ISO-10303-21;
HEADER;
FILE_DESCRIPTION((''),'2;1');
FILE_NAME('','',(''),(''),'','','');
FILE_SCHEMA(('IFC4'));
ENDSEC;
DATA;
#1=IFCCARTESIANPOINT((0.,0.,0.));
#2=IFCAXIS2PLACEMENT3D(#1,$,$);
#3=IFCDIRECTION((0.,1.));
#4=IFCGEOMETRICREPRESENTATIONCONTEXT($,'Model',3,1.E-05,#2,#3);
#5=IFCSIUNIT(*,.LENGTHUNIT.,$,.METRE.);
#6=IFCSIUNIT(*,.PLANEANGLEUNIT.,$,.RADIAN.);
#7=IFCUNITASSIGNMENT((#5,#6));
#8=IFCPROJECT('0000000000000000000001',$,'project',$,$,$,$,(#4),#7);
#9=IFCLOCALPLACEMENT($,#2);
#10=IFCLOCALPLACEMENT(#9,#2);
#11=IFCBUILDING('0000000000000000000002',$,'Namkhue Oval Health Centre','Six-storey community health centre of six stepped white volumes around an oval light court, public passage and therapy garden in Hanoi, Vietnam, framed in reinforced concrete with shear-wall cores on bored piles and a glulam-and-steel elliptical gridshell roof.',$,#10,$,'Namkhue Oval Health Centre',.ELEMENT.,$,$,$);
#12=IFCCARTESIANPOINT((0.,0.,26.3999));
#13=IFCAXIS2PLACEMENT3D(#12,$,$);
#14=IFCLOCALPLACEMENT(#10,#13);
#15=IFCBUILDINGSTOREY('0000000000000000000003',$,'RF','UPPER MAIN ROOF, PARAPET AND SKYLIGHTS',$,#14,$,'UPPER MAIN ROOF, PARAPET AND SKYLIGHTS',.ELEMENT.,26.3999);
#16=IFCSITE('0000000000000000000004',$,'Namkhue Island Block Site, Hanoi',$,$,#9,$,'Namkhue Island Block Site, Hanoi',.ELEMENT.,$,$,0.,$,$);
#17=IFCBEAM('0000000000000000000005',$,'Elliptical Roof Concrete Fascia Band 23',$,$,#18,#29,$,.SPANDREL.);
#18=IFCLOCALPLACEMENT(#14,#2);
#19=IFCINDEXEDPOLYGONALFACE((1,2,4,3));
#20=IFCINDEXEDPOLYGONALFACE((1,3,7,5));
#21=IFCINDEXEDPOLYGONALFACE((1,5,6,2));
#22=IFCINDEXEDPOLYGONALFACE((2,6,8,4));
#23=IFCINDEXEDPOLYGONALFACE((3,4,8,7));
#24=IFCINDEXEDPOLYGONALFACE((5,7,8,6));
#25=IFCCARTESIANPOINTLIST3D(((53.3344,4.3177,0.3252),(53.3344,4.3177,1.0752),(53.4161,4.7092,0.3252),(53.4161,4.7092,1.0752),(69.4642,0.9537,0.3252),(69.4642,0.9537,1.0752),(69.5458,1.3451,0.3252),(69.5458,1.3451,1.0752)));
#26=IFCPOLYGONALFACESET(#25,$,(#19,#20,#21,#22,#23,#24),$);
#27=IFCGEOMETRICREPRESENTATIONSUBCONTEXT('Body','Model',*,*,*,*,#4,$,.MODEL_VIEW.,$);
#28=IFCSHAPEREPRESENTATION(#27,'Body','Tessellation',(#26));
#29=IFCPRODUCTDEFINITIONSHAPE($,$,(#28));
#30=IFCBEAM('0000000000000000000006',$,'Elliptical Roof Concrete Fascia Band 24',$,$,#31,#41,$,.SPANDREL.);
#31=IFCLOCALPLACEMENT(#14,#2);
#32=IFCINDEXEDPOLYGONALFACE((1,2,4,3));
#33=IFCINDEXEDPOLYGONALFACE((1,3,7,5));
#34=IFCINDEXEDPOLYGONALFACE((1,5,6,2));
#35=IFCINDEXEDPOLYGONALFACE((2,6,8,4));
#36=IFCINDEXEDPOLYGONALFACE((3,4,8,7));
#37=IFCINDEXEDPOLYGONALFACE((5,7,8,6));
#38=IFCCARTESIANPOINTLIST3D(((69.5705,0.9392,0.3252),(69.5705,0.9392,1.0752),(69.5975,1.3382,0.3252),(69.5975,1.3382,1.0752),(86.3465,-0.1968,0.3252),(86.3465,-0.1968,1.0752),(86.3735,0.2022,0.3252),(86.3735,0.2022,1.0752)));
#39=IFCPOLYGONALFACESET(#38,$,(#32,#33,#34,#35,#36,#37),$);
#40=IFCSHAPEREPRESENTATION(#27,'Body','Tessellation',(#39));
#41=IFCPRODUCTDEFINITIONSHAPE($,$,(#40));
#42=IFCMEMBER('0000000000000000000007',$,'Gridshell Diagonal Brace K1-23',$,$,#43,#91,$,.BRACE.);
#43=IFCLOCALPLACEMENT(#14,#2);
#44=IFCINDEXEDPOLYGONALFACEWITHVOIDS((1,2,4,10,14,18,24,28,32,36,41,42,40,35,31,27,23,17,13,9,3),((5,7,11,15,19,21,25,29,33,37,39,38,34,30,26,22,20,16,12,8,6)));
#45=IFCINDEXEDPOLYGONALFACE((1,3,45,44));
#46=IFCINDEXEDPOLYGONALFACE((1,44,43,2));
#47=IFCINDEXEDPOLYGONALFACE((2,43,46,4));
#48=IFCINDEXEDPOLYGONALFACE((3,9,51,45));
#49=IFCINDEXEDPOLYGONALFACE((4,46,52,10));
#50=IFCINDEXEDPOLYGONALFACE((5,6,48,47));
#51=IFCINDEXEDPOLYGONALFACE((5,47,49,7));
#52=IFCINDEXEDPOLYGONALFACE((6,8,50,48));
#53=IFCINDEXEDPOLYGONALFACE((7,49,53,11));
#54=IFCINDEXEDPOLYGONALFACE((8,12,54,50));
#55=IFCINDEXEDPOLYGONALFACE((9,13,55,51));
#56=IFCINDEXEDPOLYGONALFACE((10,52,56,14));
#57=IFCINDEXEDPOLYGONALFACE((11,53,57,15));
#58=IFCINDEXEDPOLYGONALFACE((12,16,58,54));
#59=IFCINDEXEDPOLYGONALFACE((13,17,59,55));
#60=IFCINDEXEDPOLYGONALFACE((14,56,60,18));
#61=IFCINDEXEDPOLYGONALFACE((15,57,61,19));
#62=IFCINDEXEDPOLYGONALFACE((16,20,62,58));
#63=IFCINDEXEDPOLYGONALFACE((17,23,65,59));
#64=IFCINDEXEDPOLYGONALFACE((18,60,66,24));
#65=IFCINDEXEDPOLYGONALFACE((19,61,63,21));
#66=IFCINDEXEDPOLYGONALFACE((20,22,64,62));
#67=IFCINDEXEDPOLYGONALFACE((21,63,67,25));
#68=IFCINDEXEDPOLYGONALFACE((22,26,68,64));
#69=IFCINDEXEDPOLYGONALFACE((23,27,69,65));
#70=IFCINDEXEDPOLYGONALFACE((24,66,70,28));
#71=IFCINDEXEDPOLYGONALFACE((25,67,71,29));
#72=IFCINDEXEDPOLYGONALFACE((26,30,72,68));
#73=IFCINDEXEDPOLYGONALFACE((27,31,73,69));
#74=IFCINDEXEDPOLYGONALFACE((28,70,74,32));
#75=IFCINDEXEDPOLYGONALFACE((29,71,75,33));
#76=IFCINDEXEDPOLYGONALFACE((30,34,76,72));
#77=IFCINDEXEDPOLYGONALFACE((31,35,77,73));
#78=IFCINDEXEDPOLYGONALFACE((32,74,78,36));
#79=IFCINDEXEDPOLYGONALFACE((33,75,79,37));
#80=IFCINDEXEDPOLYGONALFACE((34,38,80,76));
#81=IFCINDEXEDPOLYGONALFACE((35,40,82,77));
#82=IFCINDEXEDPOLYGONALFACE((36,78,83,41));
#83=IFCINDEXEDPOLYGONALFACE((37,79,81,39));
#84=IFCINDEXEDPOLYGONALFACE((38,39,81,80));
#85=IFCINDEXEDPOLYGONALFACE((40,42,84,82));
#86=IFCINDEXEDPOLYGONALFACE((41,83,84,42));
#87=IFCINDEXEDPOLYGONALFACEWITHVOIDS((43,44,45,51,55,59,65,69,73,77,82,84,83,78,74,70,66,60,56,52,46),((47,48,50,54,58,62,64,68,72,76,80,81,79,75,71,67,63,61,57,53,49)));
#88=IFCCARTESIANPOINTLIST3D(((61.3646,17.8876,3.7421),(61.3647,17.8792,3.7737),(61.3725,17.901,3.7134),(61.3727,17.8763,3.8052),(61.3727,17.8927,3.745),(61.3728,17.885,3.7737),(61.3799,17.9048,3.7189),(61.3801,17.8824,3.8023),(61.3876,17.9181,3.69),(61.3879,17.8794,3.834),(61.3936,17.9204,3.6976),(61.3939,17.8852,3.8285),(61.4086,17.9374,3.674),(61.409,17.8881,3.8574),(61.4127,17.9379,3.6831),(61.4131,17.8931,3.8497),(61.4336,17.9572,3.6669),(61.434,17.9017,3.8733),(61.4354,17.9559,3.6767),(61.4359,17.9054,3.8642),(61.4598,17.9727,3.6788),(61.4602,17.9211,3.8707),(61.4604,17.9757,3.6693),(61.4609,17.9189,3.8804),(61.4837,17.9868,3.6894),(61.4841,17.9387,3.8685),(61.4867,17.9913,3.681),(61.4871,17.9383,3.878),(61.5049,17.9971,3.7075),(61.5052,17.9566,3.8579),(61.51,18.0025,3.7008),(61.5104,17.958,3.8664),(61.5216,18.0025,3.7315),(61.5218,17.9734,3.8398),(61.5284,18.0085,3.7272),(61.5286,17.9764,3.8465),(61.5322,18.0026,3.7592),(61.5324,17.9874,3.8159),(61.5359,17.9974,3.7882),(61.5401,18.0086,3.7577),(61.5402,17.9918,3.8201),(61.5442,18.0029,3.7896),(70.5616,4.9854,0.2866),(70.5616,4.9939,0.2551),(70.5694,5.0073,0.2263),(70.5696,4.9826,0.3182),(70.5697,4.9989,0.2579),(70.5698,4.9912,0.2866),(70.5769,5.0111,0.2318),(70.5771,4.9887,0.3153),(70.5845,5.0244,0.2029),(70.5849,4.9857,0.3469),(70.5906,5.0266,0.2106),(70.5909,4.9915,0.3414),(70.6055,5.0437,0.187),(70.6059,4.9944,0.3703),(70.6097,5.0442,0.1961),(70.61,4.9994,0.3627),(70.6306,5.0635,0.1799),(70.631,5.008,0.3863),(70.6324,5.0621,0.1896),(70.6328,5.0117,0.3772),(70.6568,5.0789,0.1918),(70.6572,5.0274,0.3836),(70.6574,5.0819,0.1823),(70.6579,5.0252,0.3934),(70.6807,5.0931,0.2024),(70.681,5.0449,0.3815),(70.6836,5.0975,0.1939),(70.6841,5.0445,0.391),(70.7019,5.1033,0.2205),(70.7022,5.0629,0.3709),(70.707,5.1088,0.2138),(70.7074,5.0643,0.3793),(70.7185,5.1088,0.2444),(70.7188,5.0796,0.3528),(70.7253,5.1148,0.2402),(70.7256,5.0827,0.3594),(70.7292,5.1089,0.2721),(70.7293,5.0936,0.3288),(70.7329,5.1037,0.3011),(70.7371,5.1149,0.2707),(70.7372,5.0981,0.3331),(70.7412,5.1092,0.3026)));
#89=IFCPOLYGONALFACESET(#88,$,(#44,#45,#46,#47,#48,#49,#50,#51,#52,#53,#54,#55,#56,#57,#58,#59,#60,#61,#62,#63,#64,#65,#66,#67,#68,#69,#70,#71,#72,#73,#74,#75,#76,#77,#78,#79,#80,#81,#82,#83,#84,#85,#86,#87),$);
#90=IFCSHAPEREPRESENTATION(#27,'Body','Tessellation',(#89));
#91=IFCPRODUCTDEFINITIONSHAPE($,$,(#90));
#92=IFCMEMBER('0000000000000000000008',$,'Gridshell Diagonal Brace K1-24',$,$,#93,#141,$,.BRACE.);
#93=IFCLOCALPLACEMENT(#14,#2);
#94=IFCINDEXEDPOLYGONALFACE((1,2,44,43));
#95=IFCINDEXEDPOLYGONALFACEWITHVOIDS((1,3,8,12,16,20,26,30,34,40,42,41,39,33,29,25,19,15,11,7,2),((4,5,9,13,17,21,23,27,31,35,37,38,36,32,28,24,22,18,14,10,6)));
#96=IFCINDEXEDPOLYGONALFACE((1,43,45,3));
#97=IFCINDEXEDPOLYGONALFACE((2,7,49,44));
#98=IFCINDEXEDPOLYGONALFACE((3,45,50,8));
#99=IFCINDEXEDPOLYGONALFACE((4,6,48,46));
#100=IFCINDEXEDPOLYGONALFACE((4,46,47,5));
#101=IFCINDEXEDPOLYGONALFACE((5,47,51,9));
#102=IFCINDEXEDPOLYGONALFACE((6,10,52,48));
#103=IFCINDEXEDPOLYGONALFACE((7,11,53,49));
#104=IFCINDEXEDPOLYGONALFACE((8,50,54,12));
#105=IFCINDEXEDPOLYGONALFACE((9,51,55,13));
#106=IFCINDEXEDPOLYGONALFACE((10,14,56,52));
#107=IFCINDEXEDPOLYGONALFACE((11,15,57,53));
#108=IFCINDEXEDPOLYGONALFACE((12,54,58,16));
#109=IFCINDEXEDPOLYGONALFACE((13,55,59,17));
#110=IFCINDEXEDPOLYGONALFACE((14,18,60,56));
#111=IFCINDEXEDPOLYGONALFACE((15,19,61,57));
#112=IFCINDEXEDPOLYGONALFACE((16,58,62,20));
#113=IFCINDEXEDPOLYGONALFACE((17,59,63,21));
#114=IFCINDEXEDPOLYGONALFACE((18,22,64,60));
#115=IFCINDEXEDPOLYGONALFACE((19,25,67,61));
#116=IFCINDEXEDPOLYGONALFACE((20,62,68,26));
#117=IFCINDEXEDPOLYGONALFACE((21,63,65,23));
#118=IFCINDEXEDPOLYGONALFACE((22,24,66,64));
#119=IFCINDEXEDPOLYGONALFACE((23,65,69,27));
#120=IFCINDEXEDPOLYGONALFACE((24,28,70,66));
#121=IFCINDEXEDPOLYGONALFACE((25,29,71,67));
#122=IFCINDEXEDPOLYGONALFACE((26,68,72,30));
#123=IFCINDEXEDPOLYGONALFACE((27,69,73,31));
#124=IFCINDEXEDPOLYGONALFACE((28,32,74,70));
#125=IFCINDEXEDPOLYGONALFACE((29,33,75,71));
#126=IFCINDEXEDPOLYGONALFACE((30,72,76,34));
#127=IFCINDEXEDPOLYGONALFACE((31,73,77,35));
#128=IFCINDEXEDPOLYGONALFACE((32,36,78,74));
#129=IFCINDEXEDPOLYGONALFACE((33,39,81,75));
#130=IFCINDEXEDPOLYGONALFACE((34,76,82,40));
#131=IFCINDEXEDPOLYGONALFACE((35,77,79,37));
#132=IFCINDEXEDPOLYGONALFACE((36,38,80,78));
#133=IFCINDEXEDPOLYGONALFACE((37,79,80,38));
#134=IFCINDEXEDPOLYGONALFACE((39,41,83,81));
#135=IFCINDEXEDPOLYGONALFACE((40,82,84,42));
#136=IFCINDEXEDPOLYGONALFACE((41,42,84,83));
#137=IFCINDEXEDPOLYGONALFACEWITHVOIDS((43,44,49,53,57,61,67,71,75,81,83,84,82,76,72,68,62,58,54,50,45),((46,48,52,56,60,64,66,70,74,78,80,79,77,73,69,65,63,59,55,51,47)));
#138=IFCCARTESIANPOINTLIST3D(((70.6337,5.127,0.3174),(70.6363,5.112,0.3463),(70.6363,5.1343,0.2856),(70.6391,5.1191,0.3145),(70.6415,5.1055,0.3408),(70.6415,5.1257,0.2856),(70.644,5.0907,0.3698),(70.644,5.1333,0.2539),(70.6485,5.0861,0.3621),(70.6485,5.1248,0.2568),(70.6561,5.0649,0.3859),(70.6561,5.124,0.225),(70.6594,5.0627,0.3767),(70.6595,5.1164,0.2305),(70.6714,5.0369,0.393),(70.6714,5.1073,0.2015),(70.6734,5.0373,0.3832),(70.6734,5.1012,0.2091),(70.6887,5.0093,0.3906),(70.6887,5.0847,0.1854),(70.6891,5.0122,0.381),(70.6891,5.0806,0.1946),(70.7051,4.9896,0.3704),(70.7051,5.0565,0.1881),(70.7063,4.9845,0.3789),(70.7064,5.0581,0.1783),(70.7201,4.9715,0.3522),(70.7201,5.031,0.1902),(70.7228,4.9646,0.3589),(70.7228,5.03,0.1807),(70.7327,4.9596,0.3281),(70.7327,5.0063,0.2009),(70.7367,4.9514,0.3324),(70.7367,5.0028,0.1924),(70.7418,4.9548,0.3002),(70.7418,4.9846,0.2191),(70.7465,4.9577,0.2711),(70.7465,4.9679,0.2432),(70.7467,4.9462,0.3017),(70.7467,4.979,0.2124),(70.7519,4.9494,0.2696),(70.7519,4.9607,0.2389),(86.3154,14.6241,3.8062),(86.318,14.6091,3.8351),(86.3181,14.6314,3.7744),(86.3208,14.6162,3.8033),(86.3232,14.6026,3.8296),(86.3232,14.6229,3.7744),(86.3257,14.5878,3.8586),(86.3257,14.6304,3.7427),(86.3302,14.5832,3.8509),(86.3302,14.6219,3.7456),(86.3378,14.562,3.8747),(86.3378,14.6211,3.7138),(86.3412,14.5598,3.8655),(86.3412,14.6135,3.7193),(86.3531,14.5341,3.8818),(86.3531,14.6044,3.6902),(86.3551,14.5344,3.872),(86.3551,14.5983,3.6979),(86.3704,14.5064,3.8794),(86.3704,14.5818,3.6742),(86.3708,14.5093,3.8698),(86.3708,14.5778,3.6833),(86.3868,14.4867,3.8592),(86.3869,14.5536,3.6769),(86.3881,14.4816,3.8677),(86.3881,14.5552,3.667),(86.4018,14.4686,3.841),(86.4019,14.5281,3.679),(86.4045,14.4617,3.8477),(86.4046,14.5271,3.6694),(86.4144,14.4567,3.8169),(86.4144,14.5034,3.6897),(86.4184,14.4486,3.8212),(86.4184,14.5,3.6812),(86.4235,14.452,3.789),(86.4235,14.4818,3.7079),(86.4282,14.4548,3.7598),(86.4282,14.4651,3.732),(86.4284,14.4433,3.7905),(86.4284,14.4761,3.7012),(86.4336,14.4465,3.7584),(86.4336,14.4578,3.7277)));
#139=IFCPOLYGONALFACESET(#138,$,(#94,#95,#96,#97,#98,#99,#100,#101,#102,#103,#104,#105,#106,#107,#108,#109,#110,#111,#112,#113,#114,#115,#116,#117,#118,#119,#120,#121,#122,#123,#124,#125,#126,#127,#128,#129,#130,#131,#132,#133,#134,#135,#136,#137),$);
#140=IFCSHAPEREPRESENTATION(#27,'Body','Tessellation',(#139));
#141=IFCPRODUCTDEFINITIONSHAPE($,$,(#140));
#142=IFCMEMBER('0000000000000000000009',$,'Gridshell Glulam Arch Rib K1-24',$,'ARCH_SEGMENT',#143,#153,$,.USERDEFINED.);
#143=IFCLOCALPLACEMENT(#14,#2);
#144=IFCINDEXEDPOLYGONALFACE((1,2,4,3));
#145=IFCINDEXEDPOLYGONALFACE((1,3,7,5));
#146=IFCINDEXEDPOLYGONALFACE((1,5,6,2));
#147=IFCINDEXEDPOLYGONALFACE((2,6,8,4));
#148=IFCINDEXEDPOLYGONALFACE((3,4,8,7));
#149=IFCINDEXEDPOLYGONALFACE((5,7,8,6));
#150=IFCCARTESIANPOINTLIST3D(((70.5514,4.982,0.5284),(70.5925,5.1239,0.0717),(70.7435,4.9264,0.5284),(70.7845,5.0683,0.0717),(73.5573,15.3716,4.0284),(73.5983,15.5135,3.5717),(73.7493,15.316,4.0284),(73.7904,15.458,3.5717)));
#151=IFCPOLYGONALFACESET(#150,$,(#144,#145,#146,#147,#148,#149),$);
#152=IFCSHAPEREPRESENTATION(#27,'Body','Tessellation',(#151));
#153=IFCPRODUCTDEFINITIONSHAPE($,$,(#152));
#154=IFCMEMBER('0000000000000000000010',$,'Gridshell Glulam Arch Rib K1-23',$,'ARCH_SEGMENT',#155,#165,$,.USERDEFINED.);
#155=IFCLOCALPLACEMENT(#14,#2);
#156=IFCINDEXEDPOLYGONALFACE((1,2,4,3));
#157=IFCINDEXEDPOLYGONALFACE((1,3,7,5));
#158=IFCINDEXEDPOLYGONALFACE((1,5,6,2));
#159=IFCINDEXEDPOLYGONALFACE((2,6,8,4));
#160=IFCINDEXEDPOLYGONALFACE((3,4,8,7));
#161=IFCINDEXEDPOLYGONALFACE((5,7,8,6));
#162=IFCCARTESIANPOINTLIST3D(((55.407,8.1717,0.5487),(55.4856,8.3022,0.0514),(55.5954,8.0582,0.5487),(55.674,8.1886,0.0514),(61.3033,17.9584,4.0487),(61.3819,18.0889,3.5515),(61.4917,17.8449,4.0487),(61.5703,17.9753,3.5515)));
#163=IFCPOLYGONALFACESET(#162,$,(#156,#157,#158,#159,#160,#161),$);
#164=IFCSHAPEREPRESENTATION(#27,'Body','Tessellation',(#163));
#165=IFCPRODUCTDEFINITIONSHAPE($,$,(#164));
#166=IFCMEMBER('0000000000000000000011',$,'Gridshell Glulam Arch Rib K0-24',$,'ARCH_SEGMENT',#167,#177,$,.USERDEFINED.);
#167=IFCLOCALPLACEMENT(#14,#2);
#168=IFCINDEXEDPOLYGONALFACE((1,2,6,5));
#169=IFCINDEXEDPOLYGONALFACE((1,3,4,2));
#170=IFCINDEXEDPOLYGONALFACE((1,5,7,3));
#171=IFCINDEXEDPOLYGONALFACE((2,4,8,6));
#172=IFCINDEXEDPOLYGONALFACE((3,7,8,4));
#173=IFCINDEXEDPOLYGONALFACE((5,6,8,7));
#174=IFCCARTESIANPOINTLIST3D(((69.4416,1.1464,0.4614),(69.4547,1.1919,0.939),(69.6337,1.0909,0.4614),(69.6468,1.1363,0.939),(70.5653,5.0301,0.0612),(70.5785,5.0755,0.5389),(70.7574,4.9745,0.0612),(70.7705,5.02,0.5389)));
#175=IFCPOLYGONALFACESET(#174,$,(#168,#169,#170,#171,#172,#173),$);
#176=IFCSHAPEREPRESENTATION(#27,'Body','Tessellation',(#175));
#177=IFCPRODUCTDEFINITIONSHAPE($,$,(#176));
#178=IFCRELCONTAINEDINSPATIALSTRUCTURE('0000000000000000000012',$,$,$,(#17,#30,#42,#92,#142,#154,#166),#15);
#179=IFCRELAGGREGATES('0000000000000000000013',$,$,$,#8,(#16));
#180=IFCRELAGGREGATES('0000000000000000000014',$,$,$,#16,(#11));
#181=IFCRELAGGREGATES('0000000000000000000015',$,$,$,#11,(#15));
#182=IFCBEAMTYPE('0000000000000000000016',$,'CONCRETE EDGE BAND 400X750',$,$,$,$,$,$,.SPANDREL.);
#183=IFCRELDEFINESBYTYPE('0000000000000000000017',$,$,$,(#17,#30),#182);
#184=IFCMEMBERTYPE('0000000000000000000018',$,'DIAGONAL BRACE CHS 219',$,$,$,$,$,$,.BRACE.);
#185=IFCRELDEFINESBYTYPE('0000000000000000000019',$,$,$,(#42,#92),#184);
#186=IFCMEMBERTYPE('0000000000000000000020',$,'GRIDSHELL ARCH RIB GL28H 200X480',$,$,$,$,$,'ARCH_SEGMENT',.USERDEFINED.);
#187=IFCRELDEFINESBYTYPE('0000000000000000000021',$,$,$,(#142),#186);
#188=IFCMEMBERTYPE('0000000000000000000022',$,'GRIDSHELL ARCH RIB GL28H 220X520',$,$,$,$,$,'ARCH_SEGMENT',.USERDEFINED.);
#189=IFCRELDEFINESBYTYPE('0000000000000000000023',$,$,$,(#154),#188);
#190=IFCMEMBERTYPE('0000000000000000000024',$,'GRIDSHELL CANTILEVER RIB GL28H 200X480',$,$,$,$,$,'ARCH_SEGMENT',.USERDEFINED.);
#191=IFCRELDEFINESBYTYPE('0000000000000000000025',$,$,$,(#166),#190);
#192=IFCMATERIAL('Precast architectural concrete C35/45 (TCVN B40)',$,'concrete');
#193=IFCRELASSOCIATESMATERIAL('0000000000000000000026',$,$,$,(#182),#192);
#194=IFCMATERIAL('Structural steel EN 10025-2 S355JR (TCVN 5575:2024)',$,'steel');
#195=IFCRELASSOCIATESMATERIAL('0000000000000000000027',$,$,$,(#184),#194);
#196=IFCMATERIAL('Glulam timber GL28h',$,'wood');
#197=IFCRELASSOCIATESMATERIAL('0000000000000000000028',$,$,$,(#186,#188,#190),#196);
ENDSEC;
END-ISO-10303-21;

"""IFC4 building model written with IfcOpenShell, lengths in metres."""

from ifc_helpers import new_model, si_unit, direction, frame, origin, origin_2d, place, context, subcontext, project, spatial, rectangle, hollow_circle, extrude, material, material_profile, profile_set, type_object, element, save


model = new_model("IFC4")

# Units and contexts
model_context = context("Model", 3, precision=1e-05, world=origin(), true_north=direction((0.0, 1.0)))
body_context = subcontext(model_context, "Body", "Model", "MODEL_VIEW")
ifc_project = project(units=[si_unit("LENGTHUNIT", "METRE"), si_unit("PLANEANGLEUNIT", "RADIAN")], contexts=[model_context])

# Site, building, storey
site_placement = place(None, origin())
site = spatial("IfcSite", under=ifc_project, at=site_placement, Name="Namkhue Island Block Site, Hanoi", LongName="Namkhue Island Block Site, Hanoi", CompositionType="ELEMENT", RefElevation=0.0)
building_placement = place(site_placement, origin())
building = spatial("IfcBuilding", under=site, at=building_placement, Name="Namkhue Oval Health Centre", Description="Six-storey community health centre of six stepped white volumes around an oval light court, public passage and therapy garden in Hanoi, Vietnam, framed in reinforced concrete with shear-wall cores on bored piles and a glulam-and-steel elliptical gridshell roof.", LongName="Namkhue Oval Health Centre", CompositionType="ELEMENT")
storey_placement = place(building_placement, frame((0.0, 0.0, 26.3999)))
storey = spatial("IfcBuildingStorey", under=building, at=storey_placement, Name="RF", Description="UPPER MAIN ROOF, PARAPET AND SKYLIGHTS", LongName="UPPER MAIN ROOF, PARAPET AND SKYLIGHTS", CompositionType="ELEMENT", Elevation=26.3999)

# Beams
ifc_material_1 = material(Name="Precast architectural concrete C35/45 (TCVN B40)", Category="concrete")
ifc_material_profile_1 = material_profile(ifc_material_1, rectangle(XDim=0.3999, YDim=0.75, at=origin_2d()), Name="RC 400x750")
ifc_profile_set_1 = profile_set([ifc_material_profile_1], Name="Precast architectural concrete C35/45 (TCVN B40)")
beam_type = type_object("IfcBeamType", Name="CONCRETE EDGE BAND 400X750", PredefinedType="SPANDREL", material=ifc_profile_set_1)
beam_1_placement = place(storey_placement, frame((53.3752, 4.5134, 0.7002), z_axis=(0.978936, -0.204168, 0.0), x_axis=(0.204168, 0.978936, 0.0)))
element("IfcBeam", 1, at=beam_1_placement, inside=storey, type_object=beam_type, Name="Elliptical Roof Concrete Fascia Band 23", PredefinedType="SPANDREL", context=body_context, shape_type="SweptSolid", body=[
    extrude(rectangle(XDim=0.3999, YDim=0.75, at=origin_2d()), origin(), (0.0, 0.0, 1.0), 16.4768),
])
beam_2_placement = place(storey_placement, frame((69.584, 1.1387, 0.7002), z_axis=(0.997715, -0.06756, 0.0), x_axis=(0.06756, 0.997715, 0.0)))
element("IfcBeam", 2, at=beam_2_placement, inside=storey, type_object=beam_type, Name="Elliptical Roof Concrete Fascia Band 24", PredefinedType="SPANDREL", context=body_context, shape_type="SweptSolid", body=[
    extrude(rectangle(XDim=0.3999, YDim=0.75, at=origin_2d()), origin(), (0.0, 0.0, 1.0), 16.8145),
])

# Members
ifc_material_2 = material(Name="Structural steel EN 10025-2 S355JR (TCVN 5575:2024)", Category="steel")
ifc_material_profile_2 = material_profile(ifc_material_2, hollow_circle(Radius=0.1096, WallThickness=0.01, at=origin_2d()), Name="CHS 219.1x10")
ifc_profile_set_2 = profile_set([ifc_material_profile_2], Name="Structural steel EN 10025-2 S355JR (TCVN 5575:2024)")
member_type_1 = type_object("IfcMemberType", Name="DIAGONAL BRACE CHS 219", PredefinedType="BRACE", material=ifc_profile_set_2)
member_1_placement = place(storey_placement, frame((70.6509, 5.0491, 0.2866), z_axis=(-0.567118, 0.795073, 0.215023), x_axis=(-0.814117, -0.580701, 0.0)))
element("IfcMember", 3, at=member_1_placement, inside=storey, type_object=member_type_1, Name="Gridshell Diagonal Brace K1-23", PredefinedType="BRACE", context=body_context, shape_type="SweptSolid", body=[
    extrude(hollow_circle(Radius=0.1096, WallThickness=0.01, at=origin_2d()), origin(), (0.0, 0.0, 1.0), 16.217),
])
member_2_placement = place(storey_placement, frame((70.6931, 5.0405, 0.2856), z_axis=(0.840287, 0.508892, 0.186943), x_axis=(-0.518024, 0.855366, 0.0)))
element("IfcMember", 4, at=member_2_placement, inside=storey, type_object=member_type_1, Name="Gridshell Diagonal Brace K1-24", PredefinedType="BRACE", context=body_context, shape_type="SweptSolid", body=[
    extrude(hollow_circle(Radius=0.1096, WallThickness=0.01, at=origin_2d()), origin(), (0.0, 0.0, 1.0), 18.6624),
])
ifc_material_3 = material(Name="Glulam timber GL28h", Category="wood")
ifc_material_profile_3 = material_profile(ifc_material_3, rectangle(XDim=0.2, YDim=0.48, at=origin_2d()), Name="GL28h 200x480")
ifc_profile_set_3 = profile_set([ifc_material_profile_3], Name="Glulam timber GL28h")
member_type_2 = type_object("IfcMemberType", Name="GRIDSHELL ARCH RIB GL28H 200X480", ElementType="ARCH_SEGMENT", PredefinedType="USERDEFINED", material=ifc_profile_set_3)
member_3_placement = place(storey_placement, frame((70.668, 5.0251, 0.3), z_axis=(0.264416, 0.913943, 0.307883), x_axis=(-0.960606, 0.277916, 0.0)))
element("IfcMember", 5, at=member_3_placement, inside=storey, type_object=member_type_2, Name="Gridshell Glulam Arch Rib K1-24", ObjectType="ARCH_SEGMENT", PredefinedType="USERDEFINED", context=body_context, shape_type="SweptSolid", body=[
    extrude(rectangle(XDim=0.2, YDim=0.48, at=origin_2d()), origin(), (0.0, 0.0, 1.0), 11.3679),
])
ifc_material_profile_4 = material_profile(ifc_material_3, rectangle(XDim=0.22, YDim=0.52, at=origin_2d()), Name="GL28h 220x520")
ifc_profile_set_4 = profile_set([ifc_material_profile_4], Name="Glulam timber GL28h")
member_type_3 = type_object("IfcMemberType", Name="GRIDSHELL ARCH RIB GL28H 220X520", ElementType="ARCH_SEGMENT", PredefinedType="USERDEFINED", material=ifc_profile_set_4)
member_4_placement = place(storey_placement, frame((55.5405, 8.1802, 0.3), z_axis=(0.493425, 0.81899, 0.292896), x_axis=(-0.856554, 0.516057, 0.0)))
element("IfcMember", 6, at=member_4_placement, inside=storey, type_object=member_type_3, Name="Gridshell Glulam Arch Rib K1-23", ObjectType="ARCH_SEGMENT", PredefinedType="USERDEFINED", context=body_context, shape_type="SweptSolid", body=[
    extrude(rectangle(XDim=0.22, YDim=0.52, at=origin_2d()), origin(), (0.0, 0.0, 1.0), 11.9497),
])
ifc_material_profile_5 = material_profile(ifc_material_3, rectangle(XDim=0.2, YDim=0.48, at=origin_2d()), Name="GL28h 200x480")
ifc_profile_set_5 = profile_set([ifc_material_profile_5], Name="Glulam timber GL28h")
member_type_4 = type_object("IfcMemberType", Name="GRIDSHELL CANTILEVER RIB GL28H 200X480", ElementType="ARCH_SEGMENT", PredefinedType="USERDEFINED", material=ifc_profile_set_5)
member_5_placement = place(storey_placement, frame((69.5442, 1.1414, 0.7002), z_axis=(0.276598, 0.955925, -0.098489), x_axis=(-0.960596, 0.27795, 0.0)))
element("IfcMember", 7, at=member_5_placement, inside=storey, type_object=member_type_4, Name="Gridshell Glulam Arch Rib K0-24", ObjectType="ARCH_SEGMENT", PredefinedType="USERDEFINED", context=body_context, shape_type="SweptSolid", body=[
    extrude(rectangle(XDim=0.2, YDim=0.48, at=origin_2d()), origin(), (0.0, 0.0, 1.0), 4.0627),
])

save(model, "model.ifc")
